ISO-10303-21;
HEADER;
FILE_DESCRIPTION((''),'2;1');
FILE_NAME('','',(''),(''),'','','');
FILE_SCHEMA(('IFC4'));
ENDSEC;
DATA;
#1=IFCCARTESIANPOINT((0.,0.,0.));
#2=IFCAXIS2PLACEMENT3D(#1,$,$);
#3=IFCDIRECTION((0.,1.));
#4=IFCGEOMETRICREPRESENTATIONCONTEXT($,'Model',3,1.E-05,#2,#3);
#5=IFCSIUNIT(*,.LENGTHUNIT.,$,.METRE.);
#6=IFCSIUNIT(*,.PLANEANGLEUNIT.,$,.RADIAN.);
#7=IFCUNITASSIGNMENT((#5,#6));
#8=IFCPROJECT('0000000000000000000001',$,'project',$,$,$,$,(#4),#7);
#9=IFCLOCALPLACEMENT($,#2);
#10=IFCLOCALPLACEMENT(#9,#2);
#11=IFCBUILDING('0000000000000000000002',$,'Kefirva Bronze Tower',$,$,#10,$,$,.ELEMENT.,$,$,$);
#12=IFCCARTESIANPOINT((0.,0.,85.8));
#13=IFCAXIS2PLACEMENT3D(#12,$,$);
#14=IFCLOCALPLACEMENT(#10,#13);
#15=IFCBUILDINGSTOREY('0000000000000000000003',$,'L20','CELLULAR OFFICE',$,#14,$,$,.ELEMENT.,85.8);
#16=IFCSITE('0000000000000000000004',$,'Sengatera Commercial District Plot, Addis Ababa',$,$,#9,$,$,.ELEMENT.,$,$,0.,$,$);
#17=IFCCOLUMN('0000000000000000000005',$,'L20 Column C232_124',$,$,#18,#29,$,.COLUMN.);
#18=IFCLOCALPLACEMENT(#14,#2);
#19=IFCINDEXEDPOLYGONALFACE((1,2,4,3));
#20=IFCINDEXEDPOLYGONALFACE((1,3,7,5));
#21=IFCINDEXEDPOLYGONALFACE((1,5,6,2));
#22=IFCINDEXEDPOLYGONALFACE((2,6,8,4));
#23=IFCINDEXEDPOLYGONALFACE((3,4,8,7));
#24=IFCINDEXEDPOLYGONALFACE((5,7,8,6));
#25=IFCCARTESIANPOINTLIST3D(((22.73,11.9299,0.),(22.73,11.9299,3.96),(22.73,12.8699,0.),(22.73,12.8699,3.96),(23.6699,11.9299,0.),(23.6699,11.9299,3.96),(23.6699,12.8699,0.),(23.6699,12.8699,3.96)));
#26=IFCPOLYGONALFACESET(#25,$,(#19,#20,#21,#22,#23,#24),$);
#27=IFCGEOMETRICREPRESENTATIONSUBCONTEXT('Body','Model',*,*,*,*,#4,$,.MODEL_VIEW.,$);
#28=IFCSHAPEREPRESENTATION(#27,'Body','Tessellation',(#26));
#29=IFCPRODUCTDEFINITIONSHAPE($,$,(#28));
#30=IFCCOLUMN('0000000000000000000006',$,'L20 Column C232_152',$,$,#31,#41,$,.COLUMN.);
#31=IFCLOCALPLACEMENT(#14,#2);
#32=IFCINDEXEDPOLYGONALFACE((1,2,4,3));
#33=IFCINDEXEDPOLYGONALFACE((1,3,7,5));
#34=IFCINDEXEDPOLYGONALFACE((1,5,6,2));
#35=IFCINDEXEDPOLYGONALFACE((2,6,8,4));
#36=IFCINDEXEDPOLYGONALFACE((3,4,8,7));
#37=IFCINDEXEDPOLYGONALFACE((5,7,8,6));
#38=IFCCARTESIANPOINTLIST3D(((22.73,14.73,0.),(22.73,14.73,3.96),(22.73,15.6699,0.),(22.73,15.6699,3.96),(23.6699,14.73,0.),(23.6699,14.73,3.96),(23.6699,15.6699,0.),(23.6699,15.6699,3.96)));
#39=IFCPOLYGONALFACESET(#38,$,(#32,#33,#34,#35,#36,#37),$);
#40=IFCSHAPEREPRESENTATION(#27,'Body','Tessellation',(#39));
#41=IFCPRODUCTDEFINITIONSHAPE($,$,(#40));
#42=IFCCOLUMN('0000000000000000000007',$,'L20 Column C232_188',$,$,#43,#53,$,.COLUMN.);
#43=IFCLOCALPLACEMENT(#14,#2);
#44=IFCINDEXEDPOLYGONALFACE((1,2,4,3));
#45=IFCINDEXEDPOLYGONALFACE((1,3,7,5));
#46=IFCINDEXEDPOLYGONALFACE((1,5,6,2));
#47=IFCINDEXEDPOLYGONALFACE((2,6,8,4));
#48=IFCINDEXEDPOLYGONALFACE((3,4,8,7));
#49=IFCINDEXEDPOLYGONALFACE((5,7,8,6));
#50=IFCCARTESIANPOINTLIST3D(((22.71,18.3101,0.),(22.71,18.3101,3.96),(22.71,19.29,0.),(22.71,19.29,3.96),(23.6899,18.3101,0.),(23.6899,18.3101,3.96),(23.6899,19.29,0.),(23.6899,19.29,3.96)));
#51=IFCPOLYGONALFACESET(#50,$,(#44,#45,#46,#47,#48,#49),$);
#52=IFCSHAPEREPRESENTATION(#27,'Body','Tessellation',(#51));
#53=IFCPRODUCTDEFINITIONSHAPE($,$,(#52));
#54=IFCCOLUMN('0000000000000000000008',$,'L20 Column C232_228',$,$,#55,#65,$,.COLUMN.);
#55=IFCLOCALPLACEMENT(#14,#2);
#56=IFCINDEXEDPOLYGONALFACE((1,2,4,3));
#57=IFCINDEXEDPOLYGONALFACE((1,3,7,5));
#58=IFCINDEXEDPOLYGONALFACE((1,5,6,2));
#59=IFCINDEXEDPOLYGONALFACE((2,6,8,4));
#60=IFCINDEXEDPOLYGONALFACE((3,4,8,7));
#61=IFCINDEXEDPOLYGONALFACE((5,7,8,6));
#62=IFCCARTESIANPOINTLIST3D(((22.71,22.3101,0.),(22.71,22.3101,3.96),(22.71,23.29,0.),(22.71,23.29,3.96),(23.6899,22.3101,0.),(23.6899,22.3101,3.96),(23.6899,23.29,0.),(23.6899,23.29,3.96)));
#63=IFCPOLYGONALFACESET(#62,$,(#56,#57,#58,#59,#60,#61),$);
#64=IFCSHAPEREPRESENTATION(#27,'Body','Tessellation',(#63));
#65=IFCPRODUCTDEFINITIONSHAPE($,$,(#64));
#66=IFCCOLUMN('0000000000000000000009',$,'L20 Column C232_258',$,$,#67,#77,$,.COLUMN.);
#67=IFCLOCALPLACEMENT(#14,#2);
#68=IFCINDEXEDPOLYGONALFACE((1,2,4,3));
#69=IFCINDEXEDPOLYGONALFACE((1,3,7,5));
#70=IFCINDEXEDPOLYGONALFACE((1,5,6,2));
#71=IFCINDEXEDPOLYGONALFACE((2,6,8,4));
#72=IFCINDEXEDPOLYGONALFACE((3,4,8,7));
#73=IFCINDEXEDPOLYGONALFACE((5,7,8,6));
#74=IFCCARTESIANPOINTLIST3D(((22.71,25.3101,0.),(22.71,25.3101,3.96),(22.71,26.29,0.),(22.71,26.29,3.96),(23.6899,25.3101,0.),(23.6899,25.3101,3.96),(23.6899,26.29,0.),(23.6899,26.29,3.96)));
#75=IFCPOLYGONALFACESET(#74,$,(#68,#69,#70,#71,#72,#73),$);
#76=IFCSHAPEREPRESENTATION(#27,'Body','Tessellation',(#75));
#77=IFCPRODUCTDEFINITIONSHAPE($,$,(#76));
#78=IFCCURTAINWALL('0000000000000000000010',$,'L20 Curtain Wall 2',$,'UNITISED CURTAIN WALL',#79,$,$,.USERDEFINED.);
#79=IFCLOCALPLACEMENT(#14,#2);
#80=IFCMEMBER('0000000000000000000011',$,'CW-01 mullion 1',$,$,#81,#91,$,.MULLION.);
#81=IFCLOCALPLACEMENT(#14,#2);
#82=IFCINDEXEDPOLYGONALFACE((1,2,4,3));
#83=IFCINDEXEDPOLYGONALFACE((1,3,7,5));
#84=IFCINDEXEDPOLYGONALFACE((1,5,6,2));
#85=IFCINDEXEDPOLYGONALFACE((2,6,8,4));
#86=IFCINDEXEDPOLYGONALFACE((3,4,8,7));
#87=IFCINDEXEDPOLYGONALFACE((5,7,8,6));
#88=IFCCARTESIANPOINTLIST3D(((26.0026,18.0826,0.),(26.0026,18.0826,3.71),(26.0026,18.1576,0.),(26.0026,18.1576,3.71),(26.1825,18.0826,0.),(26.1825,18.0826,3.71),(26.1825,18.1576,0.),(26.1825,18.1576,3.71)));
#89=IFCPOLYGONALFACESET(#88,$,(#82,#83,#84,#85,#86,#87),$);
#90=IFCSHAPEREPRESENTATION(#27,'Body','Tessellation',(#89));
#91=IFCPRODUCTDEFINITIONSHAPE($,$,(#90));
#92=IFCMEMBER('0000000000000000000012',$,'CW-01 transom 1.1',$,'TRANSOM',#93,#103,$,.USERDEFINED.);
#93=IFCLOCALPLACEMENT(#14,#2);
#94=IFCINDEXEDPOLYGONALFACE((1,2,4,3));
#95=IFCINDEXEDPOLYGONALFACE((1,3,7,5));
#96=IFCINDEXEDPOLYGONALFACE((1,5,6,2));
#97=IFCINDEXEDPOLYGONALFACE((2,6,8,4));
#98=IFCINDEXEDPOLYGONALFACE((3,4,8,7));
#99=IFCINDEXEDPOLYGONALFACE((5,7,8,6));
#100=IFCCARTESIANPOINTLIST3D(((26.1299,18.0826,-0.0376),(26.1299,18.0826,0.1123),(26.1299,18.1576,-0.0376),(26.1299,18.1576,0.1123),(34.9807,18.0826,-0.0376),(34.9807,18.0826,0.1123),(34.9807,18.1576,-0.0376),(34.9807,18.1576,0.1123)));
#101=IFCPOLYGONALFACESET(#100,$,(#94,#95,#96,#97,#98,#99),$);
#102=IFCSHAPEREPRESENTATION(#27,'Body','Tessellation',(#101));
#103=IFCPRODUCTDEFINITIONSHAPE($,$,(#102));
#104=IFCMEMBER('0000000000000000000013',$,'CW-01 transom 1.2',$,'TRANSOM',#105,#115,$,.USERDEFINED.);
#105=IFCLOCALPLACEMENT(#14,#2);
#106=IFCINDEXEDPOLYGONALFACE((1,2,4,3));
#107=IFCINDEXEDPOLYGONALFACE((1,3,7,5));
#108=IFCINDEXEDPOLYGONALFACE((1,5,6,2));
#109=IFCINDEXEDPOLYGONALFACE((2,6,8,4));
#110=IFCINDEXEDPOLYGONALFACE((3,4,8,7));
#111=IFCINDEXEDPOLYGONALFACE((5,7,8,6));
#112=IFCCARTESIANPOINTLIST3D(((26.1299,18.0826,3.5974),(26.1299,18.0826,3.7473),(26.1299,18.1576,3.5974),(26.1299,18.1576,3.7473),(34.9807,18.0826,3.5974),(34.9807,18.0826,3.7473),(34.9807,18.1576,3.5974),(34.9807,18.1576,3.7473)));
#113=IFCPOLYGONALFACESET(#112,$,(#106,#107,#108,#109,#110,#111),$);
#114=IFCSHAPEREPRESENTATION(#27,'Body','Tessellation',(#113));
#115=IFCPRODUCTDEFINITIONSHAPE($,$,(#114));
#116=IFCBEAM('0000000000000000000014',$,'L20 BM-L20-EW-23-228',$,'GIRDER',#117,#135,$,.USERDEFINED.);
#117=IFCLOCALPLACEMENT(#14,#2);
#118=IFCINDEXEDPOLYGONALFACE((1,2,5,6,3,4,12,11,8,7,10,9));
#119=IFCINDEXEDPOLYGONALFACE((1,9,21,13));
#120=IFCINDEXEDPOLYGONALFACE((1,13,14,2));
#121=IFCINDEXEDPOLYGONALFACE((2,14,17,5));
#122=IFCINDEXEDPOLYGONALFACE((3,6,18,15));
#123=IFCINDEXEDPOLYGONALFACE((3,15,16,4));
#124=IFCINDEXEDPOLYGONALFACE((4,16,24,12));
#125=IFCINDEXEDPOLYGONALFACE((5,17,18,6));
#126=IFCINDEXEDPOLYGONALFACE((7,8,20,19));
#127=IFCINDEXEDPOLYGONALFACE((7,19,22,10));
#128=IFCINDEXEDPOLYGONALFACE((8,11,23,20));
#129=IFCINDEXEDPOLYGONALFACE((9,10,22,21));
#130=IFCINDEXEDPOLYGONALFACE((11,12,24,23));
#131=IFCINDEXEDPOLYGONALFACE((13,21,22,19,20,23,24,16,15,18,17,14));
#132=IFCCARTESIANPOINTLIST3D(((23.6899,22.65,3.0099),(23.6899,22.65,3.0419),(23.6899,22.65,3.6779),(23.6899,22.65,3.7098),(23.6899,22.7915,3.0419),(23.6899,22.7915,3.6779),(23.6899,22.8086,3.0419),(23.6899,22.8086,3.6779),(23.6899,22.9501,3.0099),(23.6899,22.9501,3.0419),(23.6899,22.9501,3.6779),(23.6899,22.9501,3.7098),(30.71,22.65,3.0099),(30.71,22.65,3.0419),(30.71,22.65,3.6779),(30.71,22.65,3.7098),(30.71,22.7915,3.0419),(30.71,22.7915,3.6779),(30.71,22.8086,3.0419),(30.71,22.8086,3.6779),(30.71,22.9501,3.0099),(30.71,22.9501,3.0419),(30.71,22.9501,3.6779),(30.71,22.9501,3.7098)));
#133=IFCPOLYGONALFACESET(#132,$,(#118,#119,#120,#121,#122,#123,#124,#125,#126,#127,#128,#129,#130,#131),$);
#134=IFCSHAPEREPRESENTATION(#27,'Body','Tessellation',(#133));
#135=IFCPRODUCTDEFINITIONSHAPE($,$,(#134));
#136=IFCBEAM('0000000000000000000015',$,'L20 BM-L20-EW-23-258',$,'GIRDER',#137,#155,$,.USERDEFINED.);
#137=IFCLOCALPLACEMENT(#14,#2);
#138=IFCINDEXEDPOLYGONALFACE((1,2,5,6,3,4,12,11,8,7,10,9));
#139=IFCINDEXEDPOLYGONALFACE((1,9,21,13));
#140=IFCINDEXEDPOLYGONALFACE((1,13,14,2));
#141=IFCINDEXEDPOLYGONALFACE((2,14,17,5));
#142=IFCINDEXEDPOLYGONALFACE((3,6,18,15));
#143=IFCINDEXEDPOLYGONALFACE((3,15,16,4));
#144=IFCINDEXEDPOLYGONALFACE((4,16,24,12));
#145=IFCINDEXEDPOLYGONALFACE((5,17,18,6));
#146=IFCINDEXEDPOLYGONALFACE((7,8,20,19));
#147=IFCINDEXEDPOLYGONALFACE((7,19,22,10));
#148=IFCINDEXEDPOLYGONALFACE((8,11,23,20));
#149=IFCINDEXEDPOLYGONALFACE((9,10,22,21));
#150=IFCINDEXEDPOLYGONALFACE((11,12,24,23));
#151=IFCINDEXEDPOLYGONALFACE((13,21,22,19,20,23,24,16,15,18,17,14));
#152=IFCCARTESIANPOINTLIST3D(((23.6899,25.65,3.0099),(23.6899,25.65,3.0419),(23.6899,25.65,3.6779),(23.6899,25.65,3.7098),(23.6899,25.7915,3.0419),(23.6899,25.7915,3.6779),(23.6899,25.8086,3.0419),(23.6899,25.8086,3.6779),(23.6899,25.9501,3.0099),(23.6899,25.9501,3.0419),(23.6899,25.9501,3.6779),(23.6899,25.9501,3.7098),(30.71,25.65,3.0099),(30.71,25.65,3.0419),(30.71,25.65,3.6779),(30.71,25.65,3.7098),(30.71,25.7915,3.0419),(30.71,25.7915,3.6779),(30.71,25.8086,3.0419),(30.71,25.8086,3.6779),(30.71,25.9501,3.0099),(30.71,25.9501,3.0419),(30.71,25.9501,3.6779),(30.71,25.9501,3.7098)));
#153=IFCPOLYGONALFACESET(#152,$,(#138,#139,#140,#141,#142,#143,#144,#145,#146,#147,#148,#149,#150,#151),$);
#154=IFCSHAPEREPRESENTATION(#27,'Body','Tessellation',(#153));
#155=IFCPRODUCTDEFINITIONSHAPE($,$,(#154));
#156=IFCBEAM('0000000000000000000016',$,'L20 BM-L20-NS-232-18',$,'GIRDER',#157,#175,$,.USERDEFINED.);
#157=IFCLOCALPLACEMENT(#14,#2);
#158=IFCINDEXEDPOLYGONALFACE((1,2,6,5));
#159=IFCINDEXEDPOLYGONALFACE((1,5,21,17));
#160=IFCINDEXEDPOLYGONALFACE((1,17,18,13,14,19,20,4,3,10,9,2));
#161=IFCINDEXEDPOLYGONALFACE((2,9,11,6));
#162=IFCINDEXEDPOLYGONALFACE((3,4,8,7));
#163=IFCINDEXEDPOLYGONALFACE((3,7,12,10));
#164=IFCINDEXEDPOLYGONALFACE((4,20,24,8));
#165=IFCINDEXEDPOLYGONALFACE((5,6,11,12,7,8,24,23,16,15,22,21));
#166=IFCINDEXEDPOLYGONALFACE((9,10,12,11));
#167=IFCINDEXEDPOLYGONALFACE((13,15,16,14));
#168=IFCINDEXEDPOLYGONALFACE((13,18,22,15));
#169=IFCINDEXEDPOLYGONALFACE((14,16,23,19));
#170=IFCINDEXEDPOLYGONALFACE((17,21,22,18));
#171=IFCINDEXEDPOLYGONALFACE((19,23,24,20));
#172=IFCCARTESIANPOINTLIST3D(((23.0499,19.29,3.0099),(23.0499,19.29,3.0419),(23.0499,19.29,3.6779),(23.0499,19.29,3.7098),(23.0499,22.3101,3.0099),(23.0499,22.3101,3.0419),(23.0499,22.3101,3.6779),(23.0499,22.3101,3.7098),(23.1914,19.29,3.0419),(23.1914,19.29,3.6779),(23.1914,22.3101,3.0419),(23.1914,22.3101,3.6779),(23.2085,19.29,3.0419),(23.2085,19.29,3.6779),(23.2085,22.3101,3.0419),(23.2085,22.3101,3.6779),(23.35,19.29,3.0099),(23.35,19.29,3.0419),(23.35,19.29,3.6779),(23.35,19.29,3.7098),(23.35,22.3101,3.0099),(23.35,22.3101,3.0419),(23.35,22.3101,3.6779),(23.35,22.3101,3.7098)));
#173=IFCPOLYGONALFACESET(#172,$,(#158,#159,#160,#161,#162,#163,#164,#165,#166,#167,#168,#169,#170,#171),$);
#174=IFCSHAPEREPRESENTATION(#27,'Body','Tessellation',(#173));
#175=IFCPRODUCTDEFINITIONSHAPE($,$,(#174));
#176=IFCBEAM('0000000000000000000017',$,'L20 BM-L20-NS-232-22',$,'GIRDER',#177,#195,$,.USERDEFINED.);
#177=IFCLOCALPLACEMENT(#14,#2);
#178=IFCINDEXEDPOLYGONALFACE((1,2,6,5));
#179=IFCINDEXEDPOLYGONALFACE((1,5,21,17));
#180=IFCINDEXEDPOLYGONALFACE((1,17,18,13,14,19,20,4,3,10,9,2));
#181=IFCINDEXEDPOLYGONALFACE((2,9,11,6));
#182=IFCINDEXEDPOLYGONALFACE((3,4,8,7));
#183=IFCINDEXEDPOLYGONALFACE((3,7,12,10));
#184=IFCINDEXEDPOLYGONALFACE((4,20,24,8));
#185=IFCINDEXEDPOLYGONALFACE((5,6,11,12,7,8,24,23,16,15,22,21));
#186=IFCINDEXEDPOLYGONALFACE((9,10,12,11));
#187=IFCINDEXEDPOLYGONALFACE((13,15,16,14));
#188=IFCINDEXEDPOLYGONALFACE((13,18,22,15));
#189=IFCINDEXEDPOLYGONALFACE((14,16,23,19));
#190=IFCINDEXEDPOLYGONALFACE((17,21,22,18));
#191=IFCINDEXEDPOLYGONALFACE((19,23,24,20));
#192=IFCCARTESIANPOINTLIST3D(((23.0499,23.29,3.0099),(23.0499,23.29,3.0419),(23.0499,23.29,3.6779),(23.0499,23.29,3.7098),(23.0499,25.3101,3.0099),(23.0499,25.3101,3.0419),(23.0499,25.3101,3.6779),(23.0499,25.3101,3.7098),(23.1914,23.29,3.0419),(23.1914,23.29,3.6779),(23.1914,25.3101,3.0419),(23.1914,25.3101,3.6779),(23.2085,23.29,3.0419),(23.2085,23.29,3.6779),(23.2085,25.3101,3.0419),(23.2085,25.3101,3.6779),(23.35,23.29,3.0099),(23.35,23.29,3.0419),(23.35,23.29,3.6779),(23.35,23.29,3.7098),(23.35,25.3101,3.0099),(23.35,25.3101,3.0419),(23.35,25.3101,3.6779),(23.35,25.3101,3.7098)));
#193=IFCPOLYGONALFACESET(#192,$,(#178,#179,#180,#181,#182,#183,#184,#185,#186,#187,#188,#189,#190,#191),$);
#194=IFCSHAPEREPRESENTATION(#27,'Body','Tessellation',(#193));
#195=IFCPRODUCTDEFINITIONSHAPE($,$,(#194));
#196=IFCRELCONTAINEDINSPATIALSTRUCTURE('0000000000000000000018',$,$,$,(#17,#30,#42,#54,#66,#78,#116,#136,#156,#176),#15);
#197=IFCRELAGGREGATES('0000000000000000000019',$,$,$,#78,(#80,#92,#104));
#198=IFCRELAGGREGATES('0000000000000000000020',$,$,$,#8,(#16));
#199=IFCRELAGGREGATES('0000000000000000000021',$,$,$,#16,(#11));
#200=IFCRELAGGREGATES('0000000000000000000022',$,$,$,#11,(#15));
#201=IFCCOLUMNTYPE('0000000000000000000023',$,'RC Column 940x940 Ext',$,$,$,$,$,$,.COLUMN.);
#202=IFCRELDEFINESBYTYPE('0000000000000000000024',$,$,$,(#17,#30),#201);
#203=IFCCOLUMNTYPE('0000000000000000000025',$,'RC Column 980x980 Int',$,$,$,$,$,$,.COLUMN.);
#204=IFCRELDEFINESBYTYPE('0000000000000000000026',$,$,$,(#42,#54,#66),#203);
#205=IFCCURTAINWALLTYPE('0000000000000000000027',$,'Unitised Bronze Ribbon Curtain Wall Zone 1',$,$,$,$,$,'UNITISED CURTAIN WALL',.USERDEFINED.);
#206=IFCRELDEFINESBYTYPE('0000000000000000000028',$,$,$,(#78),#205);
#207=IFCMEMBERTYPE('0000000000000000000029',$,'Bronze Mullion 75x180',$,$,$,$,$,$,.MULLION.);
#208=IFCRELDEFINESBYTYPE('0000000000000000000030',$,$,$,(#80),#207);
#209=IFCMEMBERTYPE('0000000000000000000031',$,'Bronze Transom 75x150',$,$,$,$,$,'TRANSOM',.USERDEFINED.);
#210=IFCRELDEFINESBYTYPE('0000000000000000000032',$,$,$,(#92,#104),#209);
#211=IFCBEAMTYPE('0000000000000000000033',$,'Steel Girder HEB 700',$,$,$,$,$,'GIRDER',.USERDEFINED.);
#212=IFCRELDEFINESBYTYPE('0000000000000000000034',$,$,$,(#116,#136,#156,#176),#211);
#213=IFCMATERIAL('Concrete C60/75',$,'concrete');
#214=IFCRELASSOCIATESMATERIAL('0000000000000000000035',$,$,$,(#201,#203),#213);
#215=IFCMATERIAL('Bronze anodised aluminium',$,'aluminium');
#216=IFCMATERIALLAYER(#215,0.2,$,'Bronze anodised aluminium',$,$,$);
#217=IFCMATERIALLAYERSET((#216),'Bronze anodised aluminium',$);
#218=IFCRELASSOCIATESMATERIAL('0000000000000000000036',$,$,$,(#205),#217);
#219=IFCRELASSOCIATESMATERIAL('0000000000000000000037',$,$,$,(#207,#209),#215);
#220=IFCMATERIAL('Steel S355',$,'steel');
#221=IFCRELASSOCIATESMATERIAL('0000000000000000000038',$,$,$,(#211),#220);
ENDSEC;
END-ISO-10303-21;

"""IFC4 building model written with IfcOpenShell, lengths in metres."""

from ifc_helpers import new_model, si_unit, direction, frame, origin, origin_2d, place, context, subcontext, project, spatial, rectangle, i_section, extrude, material, layer, layer_set, material_profile, profile_set, type_object, element, aggregate, save


model = new_model("IFC4")

# Units and contexts
model_context = context("Model", 3, precision=1e-05, world=origin(), true_north=direction((0.0, 1.0)))
body_context = subcontext(model_context, "Body", "Model", "MODEL_VIEW")
ifc_project = project(units=[si_unit("LENGTHUNIT", "METRE"), si_unit("PLANEANGLEUNIT", "RADIAN")], contexts=[model_context])

# Site, building, storey
site_placement = place(None, origin())
site = spatial("IfcSite", under=ifc_project, at=site_placement, Name="Sengatera Commercial District Plot, Addis Ababa", CompositionType="ELEMENT", RefElevation=0.0)
building_placement = place(site_placement, origin())
building = spatial("IfcBuilding", under=site, at=building_placement, Name="Kefirva Bronze Tower", CompositionType="ELEMENT")
storey_placement = place(building_placement, frame((0.0, 0.0, 85.8)))
storey = spatial("IfcBuildingStorey", under=building, at=storey_placement, Name="L20", Description="CELLULAR OFFICE", CompositionType="ELEMENT", Elevation=85.8)

# Columns
ifc_material_1 = material(Name="Concrete C60/75", Category="concrete")
ifc_material_profile_1 = material_profile(ifc_material_1, rectangle(XDim=0.9399, YDim=0.9399, at=origin_2d()), Name="RC 940x940")
ifc_profile_set_1 = profile_set([ifc_material_profile_1], Name="Concrete C60/75")
column_type_1 = type_object("IfcColumnType", Name="RC Column 940x940 Ext", PredefinedType="COLUMN", material=ifc_profile_set_1)
for number, where, z_axis, x_axis, name in (
    (1, (23.2, 12.3999, 0.0), (0.0, 0.0, 1.0), (1.0, 0.0, 0.0), "L20 Column C232_124"),
    (2, (23.2, 15.2, 0.0), (0.0, 0.0, 1.0), (1.0, 0.0, 0.0), "L20 Column C232_152"),
):
    element("IfcColumn", number, at=place(storey_placement, frame(where, z_axis=z_axis, x_axis=x_axis)), inside=storey, type_object=column_type_1, Name=name, PredefinedType="COLUMN", context=body_context, shape_type="SweptSolid", body=[
        extrude(rectangle(XDim=0.9399, YDim=0.9399, at=origin_2d()), origin(), (0.0, 0.0, 1.0), 3.96),
    ])
ifc_material_profile_2 = material_profile(ifc_material_1, rectangle(XDim=0.98, YDim=0.98, at=origin_2d()), Name="RC 980x980")
ifc_profile_set_2 = profile_set([ifc_material_profile_2], Name="Concrete C60/75")
column_type_2 = type_object("IfcColumnType", Name="RC Column 980x980 Int", PredefinedType="COLUMN", material=ifc_profile_set_2)
for number, where, z_axis, x_axis, name in (
    (3, (23.2, 18.8, 0.0), (0.0, 0.0, 1.0), (1.0, 0.0, 0.0), "L20 Column C232_188"),
    (4, (23.2, 22.8, 0.0), (0.0, 0.0, 1.0), (1.0, 0.0, 0.0), "L20 Column C232_228"),
    (5, (23.2, 25.8, 0.0), (0.0, 0.0, 1.0), (1.0, 0.0, 0.0), "L20 Column C232_258"),
):
    element("IfcColumn", number, at=place(storey_placement, frame(where, z_axis=z_axis, x_axis=x_axis)), inside=storey, type_object=column_type_2, Name=name, PredefinedType="COLUMN", context=body_context, shape_type="SweptSolid", body=[
        extrude(rectangle(XDim=0.98, YDim=0.98, at=origin_2d()), origin(), (0.0, 0.0, 1.0), 3.96),
    ])

# Curtain wall, members
ifc_material_2 = material(Name="Bronze anodised aluminium", Category="aluminium")
ifc_layer_1 = layer(ifc_material_2, 0.2, Name="Bronze anodised aluminium")
ifc_layer_set_1 = layer_set([ifc_layer_1], Name="Bronze anodised aluminium")
curtain_wall_type = type_object("IfcCurtainWallType", Name="Unitised Bronze Ribbon Curtain Wall Zone 1", ElementType="UNITISED CURTAIN WALL", PredefinedType="USERDEFINED", material=ifc_layer_set_1)
curtain_wall_placement = place(storey_placement, origin())
curtain_wall = element("IfcCurtainWall", 6, at=curtain_wall_placement, inside=storey, type_object=curtain_wall_type, Name="L20 Curtain Wall 2", ObjectType="UNITISED CURTAIN WALL", PredefinedType="USERDEFINED")
ifc_material_profile_3 = material_profile(ifc_material_2, rectangle(XDim=0.075, YDim=0.1799, at=origin_2d()), Name="ALU 75x180")
ifc_profile_set_3 = profile_set([ifc_material_profile_3], Name="Bronze anodised aluminium")
member_type_1 = type_object("IfcMemberType", Name="Bronze Mullion 75x180", PredefinedType="MULLION", material=ifc_profile_set_3)
member_1_placement = place(storey_placement, frame((26.0925, 18.1201, 0.0), z_axis=(0.0, 0.0, 1.0), x_axis=(0.0, 1.0, 0.0)))
member_1 = element("IfcMember", 7, at=member_1_placement, type_object=member_type_1, Name="CW-01 mullion 1", PredefinedType="MULLION", context=body_context, shape_type="SweptSolid", body=[
    extrude(rectangle(XDim=0.075, YDim=0.1799, at=origin_2d()), origin(), (0.0, 0.0, 1.0), 3.71),
])
ifc_material_profile_4 = material_profile(ifc_material_2, rectangle(XDim=0.075, YDim=0.1499, at=origin_2d()), Name="ALU 75x150")
ifc_profile_set_4 = profile_set([ifc_material_profile_4], Name="Bronze anodised aluminium")
member_type_2 = type_object("IfcMemberType", Name="Bronze Transom 75x150", ElementType="TRANSOM", PredefinedType="USERDEFINED", material=ifc_profile_set_4)
member_2_placement = place(storey_placement, frame((26.1299, 18.1201, 0.0374), z_axis=(1.0, 0.0, 0.0), x_axis=(0.0, 1.0, 0.0)))
member_2 = element("IfcMember", 8, at=member_2_placement, type_object=member_type_2, Name="CW-01 transom 1.1", ObjectType="TRANSOM", PredefinedType="USERDEFINED", context=body_context, shape_type="SweptSolid", body=[
    extrude(rectangle(XDim=0.075, YDim=0.1499, at=origin_2d()), origin(), (0.0, 0.0, 1.0), 8.8508),
])
member_3_placement = place(storey_placement, frame((26.1299, 18.1201, 3.6724), z_axis=(1.0, 0.0, 0.0), x_axis=(0.0, 1.0, 0.0)))
member_3 = element("IfcMember", 9, at=member_3_placement, type_object=member_type_2, Name="CW-01 transom 1.2", ObjectType="TRANSOM", PredefinedType="USERDEFINED", context=body_context, shape_type="SweptSolid", body=[
    extrude(rectangle(XDim=0.075, YDim=0.1499, at=origin_2d()), origin(), (0.0, 0.0, 1.0), 8.8508),
])

# Beams
ifc_material_3 = material(Name="Steel S355", Category="steel")
ifc_material_profile_5 = material_profile(ifc_material_3, i_section(OverallWidth=0.3, OverallDepth=0.7, WebThickness=0.0171, FlangeThickness=0.032, at=origin_2d()), Name="HEB 700")
ifc_profile_set_5 = profile_set([ifc_material_profile_5], Name="Steel S355")
beam_type_1 = type_object("IfcBeamType", Name="Steel Girder HEB 700", ElementType="GIRDER", PredefinedType="USERDEFINED", material=ifc_profile_set_5)
for number, where, z_axis, x_axis, name in (
    (10, (23.6899, 22.8, 3.3599), (1.0, 0.0, 0.0), (0.0, 1.0, 0.0), "L20 BM-L20-EW-23-228"),
    (11, (23.6899, 25.8, 3.3599), (1.0, 0.0, 0.0), (0.0, 1.0, 0.0), "L20 BM-L20-EW-23-258"),
):
    element("IfcBeam", number, at=place(storey_placement, frame(where, z_axis=z_axis, x_axis=x_axis)), inside=storey, type_object=beam_type_1, Name=name, ObjectType="GIRDER", PredefinedType="USERDEFINED", context=body_context, shape_type="SweptSolid", body=[
        extrude(i_section(OverallWidth=0.3, OverallDepth=0.7, WebThickness=0.0171, FlangeThickness=0.032, at=origin_2d()), origin(), (0.0, 0.0, 1.0), 7.02),
    ])
beam_1_placement = place(storey_placement, frame((23.2, 19.29, 3.3599), z_axis=(0.0, 1.0, 0.0), x_axis=(-1.0, 0.0, 0.0)))
element("IfcBeam", 12, at=beam_1_placement, inside=storey, type_object=beam_type_1, Name="L20 BM-L20-NS-232-18", ObjectType="GIRDER", PredefinedType="USERDEFINED", context=body_context, shape_type="SweptSolid", body=[
    extrude(i_section(OverallWidth=0.3, OverallDepth=0.7, WebThickness=0.0171, FlangeThickness=0.032, at=origin_2d()), origin(), (0.0, 0.0, 1.0), 3.02),
])
beam_2_placement = place(storey_placement, frame((23.2, 23.29, 3.3599), z_axis=(0.0, 1.0, 0.0), x_axis=(-1.0, 0.0, 0.0)))
element("IfcBeam", 13, at=beam_2_placement, inside=storey, type_object=beam_type_1, Name="L20 BM-L20-NS-232-22", ObjectType="GIRDER", PredefinedType="USERDEFINED", context=body_context, shape_type="SweptSolid", body=[
    extrude(i_section(OverallWidth=0.3, OverallDepth=0.7, WebThickness=0.0171, FlangeThickness=0.032, at=origin_2d()), origin(), (0.0, 0.0, 1.0), 2.02),
])

aggregate(curtain_wall, [member_1, member_2, member_3])

save(model, "model.ifc")
